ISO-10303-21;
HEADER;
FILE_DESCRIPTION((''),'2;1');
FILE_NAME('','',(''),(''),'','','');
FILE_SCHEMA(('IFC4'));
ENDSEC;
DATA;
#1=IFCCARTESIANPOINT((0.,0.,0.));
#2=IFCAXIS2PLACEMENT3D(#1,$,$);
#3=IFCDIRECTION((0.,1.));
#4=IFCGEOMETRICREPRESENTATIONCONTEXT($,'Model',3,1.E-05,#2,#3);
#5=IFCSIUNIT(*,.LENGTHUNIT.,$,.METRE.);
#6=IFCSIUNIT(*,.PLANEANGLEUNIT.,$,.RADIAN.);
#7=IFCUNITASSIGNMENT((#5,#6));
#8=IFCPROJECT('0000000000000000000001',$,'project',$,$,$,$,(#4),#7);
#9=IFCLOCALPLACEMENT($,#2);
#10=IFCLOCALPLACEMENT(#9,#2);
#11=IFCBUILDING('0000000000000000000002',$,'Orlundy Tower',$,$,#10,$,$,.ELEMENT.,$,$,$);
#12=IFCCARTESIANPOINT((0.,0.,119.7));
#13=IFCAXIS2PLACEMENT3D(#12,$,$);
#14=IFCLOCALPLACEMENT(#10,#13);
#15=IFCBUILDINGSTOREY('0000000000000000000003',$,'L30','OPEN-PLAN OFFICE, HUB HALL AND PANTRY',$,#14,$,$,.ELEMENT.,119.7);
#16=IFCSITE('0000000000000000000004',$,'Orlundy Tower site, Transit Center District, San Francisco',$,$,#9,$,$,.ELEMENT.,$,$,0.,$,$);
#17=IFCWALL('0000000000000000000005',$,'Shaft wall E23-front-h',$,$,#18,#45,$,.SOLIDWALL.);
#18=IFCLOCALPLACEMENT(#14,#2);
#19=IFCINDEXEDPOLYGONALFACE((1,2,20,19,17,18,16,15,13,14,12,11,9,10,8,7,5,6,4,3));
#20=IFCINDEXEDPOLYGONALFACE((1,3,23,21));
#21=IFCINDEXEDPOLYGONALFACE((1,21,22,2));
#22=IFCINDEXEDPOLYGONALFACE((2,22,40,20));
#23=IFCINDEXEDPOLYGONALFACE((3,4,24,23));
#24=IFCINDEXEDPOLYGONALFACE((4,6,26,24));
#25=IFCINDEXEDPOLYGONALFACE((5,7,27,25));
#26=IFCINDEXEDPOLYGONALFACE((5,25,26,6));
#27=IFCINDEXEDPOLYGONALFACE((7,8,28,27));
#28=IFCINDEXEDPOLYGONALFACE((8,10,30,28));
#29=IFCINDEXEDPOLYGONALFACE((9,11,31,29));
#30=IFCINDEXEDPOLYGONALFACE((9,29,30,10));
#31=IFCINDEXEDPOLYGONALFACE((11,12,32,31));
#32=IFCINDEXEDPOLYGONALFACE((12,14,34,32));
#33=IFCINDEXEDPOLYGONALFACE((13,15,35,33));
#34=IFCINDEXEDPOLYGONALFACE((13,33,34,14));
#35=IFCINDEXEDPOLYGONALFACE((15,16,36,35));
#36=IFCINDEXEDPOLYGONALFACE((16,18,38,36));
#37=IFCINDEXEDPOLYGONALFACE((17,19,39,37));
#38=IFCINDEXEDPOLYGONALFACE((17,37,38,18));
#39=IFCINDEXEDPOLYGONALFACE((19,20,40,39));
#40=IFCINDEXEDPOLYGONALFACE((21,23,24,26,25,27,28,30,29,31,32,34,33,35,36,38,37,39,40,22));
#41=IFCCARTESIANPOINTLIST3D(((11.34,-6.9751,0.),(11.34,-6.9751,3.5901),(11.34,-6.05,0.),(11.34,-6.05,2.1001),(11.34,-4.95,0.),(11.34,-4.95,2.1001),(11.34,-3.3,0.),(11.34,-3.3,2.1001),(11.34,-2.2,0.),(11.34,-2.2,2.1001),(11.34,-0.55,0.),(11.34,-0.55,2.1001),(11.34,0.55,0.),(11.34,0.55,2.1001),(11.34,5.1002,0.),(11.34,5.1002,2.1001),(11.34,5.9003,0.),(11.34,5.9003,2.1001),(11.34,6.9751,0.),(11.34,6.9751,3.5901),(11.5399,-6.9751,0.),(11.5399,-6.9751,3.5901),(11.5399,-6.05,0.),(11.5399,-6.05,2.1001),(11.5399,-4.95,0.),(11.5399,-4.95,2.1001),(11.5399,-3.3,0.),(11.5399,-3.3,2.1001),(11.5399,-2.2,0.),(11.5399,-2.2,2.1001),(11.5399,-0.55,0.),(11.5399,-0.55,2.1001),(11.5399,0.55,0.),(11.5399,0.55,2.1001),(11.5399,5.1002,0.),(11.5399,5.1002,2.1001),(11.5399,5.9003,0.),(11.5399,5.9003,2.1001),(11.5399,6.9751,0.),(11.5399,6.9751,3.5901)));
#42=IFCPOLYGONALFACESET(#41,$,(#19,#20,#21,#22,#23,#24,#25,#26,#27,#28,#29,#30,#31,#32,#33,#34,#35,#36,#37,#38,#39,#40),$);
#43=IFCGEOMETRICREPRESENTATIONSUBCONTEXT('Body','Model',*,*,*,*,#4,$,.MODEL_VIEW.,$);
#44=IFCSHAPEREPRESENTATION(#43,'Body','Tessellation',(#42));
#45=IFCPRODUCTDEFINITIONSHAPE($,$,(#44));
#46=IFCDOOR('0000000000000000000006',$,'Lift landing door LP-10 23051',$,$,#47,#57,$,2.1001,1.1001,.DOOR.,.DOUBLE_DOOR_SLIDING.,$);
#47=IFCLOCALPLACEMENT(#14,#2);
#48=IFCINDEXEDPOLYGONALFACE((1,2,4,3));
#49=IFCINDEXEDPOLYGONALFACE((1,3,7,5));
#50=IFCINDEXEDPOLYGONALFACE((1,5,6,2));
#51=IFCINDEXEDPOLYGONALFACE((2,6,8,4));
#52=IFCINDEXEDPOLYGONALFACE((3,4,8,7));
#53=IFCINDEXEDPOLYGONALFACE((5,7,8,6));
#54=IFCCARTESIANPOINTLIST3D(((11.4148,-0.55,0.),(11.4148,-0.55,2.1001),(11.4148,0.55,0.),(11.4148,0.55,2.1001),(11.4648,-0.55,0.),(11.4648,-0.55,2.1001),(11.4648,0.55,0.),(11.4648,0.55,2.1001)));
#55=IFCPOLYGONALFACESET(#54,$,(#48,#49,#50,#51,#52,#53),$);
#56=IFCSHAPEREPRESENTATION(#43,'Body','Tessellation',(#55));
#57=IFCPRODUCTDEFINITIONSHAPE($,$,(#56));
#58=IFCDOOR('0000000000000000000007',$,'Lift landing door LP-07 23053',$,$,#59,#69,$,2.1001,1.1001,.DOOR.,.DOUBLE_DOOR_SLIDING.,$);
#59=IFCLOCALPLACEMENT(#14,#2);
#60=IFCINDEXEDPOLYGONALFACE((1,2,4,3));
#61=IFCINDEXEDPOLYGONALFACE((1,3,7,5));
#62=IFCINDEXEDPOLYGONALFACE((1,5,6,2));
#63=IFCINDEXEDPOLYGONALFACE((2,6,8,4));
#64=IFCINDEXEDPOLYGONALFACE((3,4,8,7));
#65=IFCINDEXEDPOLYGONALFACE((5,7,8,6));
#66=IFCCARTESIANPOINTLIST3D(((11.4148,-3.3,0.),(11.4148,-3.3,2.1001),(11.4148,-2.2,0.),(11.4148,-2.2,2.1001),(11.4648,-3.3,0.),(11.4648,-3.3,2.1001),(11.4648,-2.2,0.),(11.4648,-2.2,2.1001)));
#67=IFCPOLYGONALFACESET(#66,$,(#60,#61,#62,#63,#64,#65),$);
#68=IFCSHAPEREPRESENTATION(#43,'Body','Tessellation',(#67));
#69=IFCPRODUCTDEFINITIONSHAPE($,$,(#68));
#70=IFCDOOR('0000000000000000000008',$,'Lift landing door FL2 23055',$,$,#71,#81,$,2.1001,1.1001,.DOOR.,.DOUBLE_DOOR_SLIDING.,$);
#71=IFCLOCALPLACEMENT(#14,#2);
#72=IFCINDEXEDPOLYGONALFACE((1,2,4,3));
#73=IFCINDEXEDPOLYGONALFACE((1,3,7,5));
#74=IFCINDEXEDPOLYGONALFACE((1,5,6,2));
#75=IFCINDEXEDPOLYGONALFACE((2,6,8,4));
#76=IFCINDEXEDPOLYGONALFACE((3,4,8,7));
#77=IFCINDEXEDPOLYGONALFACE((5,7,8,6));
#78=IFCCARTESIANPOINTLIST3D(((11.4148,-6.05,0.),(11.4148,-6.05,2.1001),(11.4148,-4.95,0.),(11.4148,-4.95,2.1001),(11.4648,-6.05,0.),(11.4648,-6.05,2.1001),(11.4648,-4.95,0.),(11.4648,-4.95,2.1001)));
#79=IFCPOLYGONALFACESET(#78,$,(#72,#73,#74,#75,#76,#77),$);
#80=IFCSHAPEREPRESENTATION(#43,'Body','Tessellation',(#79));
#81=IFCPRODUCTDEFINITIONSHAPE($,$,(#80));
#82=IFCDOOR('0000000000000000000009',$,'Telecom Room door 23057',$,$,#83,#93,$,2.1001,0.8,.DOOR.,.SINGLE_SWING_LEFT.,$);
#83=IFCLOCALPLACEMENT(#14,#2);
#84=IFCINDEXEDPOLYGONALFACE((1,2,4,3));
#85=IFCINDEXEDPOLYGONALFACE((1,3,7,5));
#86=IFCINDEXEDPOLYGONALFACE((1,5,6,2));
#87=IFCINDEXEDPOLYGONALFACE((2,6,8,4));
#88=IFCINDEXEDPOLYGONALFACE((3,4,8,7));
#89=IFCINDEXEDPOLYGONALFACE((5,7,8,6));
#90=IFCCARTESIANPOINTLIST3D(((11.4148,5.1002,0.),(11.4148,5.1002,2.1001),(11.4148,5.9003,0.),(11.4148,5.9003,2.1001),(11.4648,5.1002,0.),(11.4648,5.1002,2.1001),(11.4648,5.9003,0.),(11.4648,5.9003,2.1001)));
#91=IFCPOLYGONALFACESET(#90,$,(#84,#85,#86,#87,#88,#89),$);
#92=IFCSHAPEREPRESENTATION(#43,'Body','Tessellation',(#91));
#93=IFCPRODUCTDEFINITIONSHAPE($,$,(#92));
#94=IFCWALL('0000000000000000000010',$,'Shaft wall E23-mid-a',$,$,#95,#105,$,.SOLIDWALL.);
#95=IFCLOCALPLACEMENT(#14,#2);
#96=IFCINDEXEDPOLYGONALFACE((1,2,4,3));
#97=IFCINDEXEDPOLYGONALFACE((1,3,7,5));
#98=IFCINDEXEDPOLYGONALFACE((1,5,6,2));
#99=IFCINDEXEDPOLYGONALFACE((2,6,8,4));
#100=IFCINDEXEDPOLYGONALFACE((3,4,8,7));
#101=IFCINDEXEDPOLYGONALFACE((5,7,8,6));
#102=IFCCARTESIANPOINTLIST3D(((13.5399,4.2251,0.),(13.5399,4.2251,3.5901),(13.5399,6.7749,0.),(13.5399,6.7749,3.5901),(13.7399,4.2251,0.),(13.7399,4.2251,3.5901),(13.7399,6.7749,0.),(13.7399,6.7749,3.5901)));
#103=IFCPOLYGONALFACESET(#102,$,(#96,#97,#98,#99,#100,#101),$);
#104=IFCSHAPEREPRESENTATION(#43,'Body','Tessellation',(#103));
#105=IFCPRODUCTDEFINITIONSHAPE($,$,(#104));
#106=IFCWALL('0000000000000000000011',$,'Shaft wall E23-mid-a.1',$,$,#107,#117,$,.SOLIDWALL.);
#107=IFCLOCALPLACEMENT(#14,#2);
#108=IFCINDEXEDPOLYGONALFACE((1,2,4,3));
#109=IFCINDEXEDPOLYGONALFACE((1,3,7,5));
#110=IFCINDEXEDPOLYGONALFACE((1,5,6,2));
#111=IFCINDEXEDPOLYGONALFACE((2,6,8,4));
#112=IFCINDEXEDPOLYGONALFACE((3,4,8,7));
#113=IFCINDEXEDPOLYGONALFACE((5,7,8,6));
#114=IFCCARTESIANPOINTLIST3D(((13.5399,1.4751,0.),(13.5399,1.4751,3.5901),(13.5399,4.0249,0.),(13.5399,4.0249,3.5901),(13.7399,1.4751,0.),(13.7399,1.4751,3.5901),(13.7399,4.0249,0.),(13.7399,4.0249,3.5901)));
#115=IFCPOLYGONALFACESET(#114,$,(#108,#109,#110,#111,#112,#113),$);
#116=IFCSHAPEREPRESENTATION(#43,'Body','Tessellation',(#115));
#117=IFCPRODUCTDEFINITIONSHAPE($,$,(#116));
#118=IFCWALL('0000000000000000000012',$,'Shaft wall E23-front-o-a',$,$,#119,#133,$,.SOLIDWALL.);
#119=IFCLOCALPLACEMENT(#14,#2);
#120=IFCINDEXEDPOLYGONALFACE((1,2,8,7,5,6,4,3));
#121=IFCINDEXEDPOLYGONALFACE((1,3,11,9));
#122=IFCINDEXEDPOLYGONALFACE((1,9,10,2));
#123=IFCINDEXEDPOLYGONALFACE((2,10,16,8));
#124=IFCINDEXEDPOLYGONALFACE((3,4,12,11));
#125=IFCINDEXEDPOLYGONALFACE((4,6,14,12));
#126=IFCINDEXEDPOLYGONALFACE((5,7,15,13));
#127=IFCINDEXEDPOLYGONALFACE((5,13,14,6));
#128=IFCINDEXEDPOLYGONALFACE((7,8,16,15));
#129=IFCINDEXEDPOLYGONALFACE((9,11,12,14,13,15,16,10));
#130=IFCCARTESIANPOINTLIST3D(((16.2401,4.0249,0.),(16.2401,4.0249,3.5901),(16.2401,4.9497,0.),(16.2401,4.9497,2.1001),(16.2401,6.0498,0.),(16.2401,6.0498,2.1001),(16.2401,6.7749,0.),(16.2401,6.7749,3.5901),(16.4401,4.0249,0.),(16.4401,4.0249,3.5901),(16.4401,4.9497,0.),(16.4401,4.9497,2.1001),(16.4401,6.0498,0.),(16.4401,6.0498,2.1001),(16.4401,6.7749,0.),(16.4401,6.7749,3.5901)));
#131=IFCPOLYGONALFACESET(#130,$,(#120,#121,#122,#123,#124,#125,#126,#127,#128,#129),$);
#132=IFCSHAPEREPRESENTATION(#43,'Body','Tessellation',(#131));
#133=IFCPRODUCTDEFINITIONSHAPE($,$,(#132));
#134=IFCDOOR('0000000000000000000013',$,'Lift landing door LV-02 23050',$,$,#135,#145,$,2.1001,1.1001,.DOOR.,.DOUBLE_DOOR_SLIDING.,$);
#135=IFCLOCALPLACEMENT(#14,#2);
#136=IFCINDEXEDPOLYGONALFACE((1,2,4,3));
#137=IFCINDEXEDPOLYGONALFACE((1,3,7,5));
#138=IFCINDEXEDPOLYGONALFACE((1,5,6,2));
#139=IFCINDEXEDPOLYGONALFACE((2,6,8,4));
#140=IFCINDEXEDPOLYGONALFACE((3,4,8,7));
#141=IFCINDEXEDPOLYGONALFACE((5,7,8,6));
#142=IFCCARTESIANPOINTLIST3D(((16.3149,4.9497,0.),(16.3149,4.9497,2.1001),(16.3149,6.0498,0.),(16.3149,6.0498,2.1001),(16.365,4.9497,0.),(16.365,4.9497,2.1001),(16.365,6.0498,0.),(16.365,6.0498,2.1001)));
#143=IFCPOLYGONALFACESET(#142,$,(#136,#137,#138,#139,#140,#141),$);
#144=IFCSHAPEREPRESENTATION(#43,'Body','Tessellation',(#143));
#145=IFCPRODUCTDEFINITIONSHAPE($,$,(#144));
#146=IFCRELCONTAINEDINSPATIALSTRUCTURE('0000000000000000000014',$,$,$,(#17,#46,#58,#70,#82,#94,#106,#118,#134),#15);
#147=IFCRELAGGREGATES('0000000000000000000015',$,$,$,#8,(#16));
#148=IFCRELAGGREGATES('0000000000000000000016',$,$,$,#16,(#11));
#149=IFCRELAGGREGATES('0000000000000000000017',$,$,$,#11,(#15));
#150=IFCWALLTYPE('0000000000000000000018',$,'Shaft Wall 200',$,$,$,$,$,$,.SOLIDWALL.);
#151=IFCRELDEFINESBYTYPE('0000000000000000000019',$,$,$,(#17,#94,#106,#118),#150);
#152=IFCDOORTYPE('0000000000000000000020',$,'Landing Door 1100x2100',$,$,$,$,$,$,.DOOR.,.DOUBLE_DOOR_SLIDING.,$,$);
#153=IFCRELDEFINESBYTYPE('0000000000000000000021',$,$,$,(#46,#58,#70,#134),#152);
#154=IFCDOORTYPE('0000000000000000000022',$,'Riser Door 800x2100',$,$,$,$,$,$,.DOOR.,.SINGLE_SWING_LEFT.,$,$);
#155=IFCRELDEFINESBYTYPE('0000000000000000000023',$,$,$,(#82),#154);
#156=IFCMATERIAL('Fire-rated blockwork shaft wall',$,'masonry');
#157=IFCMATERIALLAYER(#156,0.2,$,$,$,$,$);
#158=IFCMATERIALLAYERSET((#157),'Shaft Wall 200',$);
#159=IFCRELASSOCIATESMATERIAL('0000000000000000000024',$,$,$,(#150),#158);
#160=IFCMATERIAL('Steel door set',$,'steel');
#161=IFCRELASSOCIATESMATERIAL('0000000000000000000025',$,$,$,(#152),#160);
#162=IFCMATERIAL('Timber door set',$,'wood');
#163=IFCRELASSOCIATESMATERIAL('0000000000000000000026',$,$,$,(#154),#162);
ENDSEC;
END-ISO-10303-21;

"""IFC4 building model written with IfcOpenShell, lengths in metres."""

from ifc_helpers import new_model, si_unit, direction, frame, frame_2d, origin, place, context, subcontext, project, spatial, rectangle, extrude, material, layer, layer_set, type_object, element, fill, save


model = new_model("IFC4")

# Units and contexts
model_context = context("Model", 3, precision=1e-05, world=origin(), true_north=direction((0.0, 1.0)))
body_context = subcontext(model_context, "Body", "Model", "MODEL_VIEW")
ifc_project = project(units=[si_unit("LENGTHUNIT", "METRE"), si_unit("PLANEANGLEUNIT", "RADIAN")], contexts=[model_context])

# Site, building, storey
site_placement = place(None, origin())
site = spatial("IfcSite", under=ifc_project, at=site_placement, Name="Orlundy Tower site, Transit Center District, San Francisco", CompositionType="ELEMENT", RefElevation=0.0)
building_placement = place(site_placement, origin())
building = spatial("IfcBuilding", under=site, at=building_placement, Name="Orlundy Tower", CompositionType="ELEMENT")
storey_placement = place(building_placement, frame((0.0, 0.0, 119.7)))
storey = spatial("IfcBuildingStorey", under=building, at=storey_placement, Name="L30", Description="OPEN-PLAN OFFICE, HUB HALL AND PANTRY", CompositionType="ELEMENT", Elevation=119.7)

# Shared definitions
ifc_material_1 = material(Name="Fire-rated blockwork shaft wall", Category="masonry")
ifc_layer_1 = layer(ifc_material_1, 0.2)
ifc_layer_set_1 = layer_set([ifc_layer_1], Name="Shaft Wall 200")
wall_type_1 = type_object("IfcWallType", Name="Shaft Wall 200", PredefinedType="SOLIDWALL", material=ifc_layer_set_1)

# Wall, openings, doors
wall_1_placement = place(storey_placement, frame((11.4399, 6.9751, 0.0), z_axis=(0.0, 0.0, 1.0), x_axis=(0.0, -1.0, 0.0)))
wall_1 = element("IfcWall", 1, at=wall_1_placement, inside=storey, type_object=wall_type_1, Name="Shaft wall E23-front-h", PredefinedType="SOLIDWALL", context=body_context, shape_type="SweptSolid", body=[
    extrude(rectangle(XDim=13.9502, YDim=0.2, at=frame_2d((6.9751, 0.0))), origin(), (0.0, 0.0, 1.0), 3.5901),
])
opening_1_placement = place(wall_1_placement, frame((6.425, 0.0, 0.0)))
opening_1 = element("IfcOpeningElement", 2, at=opening_1_placement, cuts=wall_1, PredefinedType="OPENING", context=body_context, shape_type="SweptSolid", body=[
    extrude(rectangle(XDim=1.1001, YDim=2.1001, at=frame_2d((0.55, 1.05))), frame((0.0, 0.1101, 0.0), z_axis=(0.0, -1.0, 0.0), x_axis=(1.0, 0.0, 0.0)), (0.0, 0.0, 1.0), 0.2202),
])
opening_2_placement = place(wall_1_placement, frame((9.175, 0.0, 0.0)))
opening_2 = element("IfcOpeningElement", 3, at=opening_2_placement, cuts=wall_1, PredefinedType="OPENING", context=body_context, shape_type="SweptSolid", body=[
    extrude(rectangle(XDim=1.1001, YDim=2.1001, at=frame_2d((0.55, 1.05))), frame((0.0, 0.1101, 0.0), z_axis=(0.0, -1.0, 0.0), x_axis=(1.0, 0.0, 0.0)), (0.0, 0.0, 1.0), 0.2202),
])
opening_3_placement = place(wall_1_placement, frame((11.925, 0.0, 0.0)))
opening_3 = element("IfcOpeningElement", 4, at=opening_3_placement, cuts=wall_1, PredefinedType="OPENING", context=body_context, shape_type="SweptSolid", body=[
    extrude(rectangle(XDim=1.1001, YDim=2.1001, at=frame_2d((0.55, 1.05))), frame((0.0, 0.1101, 0.0), z_axis=(0.0, -1.0, 0.0), x_axis=(1.0, 0.0, 0.0)), (0.0, 0.0, 1.0), 0.2202),
])
opening_4_placement = place(wall_1_placement, frame((1.075, 0.0, 0.0)))
opening_4 = element("IfcOpeningElement", 5, at=opening_4_placement, cuts=wall_1, PredefinedType="OPENING", context=body_context, shape_type="SweptSolid", body=[
    extrude(rectangle(XDim=0.8, YDim=2.1001, at=frame_2d((0.3999, 1.05))), frame((0.0, 0.1101, 0.0), z_axis=(0.0, -1.0, 0.0), x_axis=(1.0, 0.0, 0.0)), (0.0, 0.0, 1.0), 0.2202),
])
ifc_material_2 = material(Name="Steel door set", Category="steel")
door_type_1 = type_object("IfcDoorType", Name="Landing Door 1100x2100", OperationType="DOUBLE_DOOR_SLIDING", PredefinedType="DOOR", material=ifc_material_2)
door_1_placement = place(opening_1_placement, origin())
door_1 = element("IfcDoor", 6, at=door_1_placement, inside=storey, type_object=door_type_1, Name="Lift landing door LP-10 23051", OperationType="DOUBLE_DOOR_SLIDING", OverallHeight=2.1001, OverallWidth=1.1001, PredefinedType="DOOR", context=body_context, shape_type="SweptSolid", body=[
    extrude(rectangle(XDim=1.1001, YDim=2.1001, at=frame_2d((0.55, 1.05))), frame((0.0, 0.0249, 0.0), z_axis=(0.0, -1.0, 0.0), x_axis=(1.0, 0.0, 0.0)), (0.0, 0.0, 1.0), 0.05),
])
fill(opening_1, door_1)
door_2_placement = place(opening_2_placement, origin())
door_2 = element("IfcDoor", 7, at=door_2_placement, inside=storey, type_object=door_type_1, Name="Lift landing door LP-07 23053", OperationType="DOUBLE_DOOR_SLIDING", OverallHeight=2.1001, OverallWidth=1.1001, PredefinedType="DOOR", context=body_context, shape_type="SweptSolid", body=[
    extrude(rectangle(XDim=1.1001, YDim=2.1001, at=frame_2d((0.55, 1.05))), frame((0.0, 0.0249, 0.0), z_axis=(0.0, -1.0, 0.0), x_axis=(1.0, 0.0, 0.0)), (0.0, 0.0, 1.0), 0.05),
])
fill(opening_2, door_2)
door_3_placement = place(opening_3_placement, origin())
door_3 = element("IfcDoor", 8, at=door_3_placement, inside=storey, type_object=door_type_1, Name="Lift landing door FL2 23055", OperationType="DOUBLE_DOOR_SLIDING", OverallHeight=2.1001, OverallWidth=1.1001, PredefinedType="DOOR", context=body_context, shape_type="SweptSolid", body=[
    extrude(rectangle(XDim=1.1001, YDim=2.1001, at=frame_2d((0.55, 1.05))), frame((0.0, 0.0249, 0.0), z_axis=(0.0, -1.0, 0.0), x_axis=(1.0, 0.0, 0.0)), (0.0, 0.0, 1.0), 0.05),
])
fill(opening_3, door_3)
ifc_material_3 = material(Name="Timber door set", Category="wood")
door_type_2 = type_object("IfcDoorType", Name="Riser Door 800x2100", OperationType="SINGLE_SWING_LEFT", PredefinedType="DOOR", material=ifc_material_3)
door_4_placement = place(opening_4_placement, origin())
door_4 = element("IfcDoor", 9, at=door_4_placement, inside=storey, type_object=door_type_2, Name="Telecom Room door 23057", OperationType="SINGLE_SWING_LEFT", OverallHeight=2.1001, OverallWidth=0.8, PredefinedType="DOOR", context=body_context, shape_type="SweptSolid", body=[
    extrude(rectangle(XDim=0.8, YDim=2.1001, at=frame_2d((0.3999, 1.05))), frame((0.0, 0.0249, 0.0), z_axis=(0.0, -1.0, 0.0), x_axis=(1.0, 0.0, 0.0)), (0.0, 0.0, 1.0), 0.05),
])
fill(opening_4, door_4)

# Walls
for number, where, z_axis, x_axis, name in (
    (10, (13.6399, 6.7749, 0.0), (0.0, 0.0, 1.0), (0.0, -1.0, 0.0), "Shaft wall E23-mid-a"),
    (11, (13.6399, 4.0249, 0.0), (0.0, 0.0, 1.0), (0.0, -1.0, 0.0), "Shaft wall E23-mid-a.1"),
):
    element("IfcWall", number, at=place(storey_placement, frame(where, z_axis=z_axis, x_axis=x_axis)), inside=storey, type_object=wall_type_1, Name=name, PredefinedType="SOLIDWALL", context=body_context, shape_type="SweptSolid", body=[
        extrude(rectangle(XDim=2.5498, YDim=0.2, at=frame_2d((1.2749, 0.0))), origin(), (0.0, 0.0, 1.0), 3.5901),
    ])

# Wall, opening, door
wall_2_placement = place(storey_placement, frame((16.3401, 6.7749, 0.0), z_axis=(0.0, 0.0, 1.0), x_axis=(0.0, -1.0, 0.0)))
wall_2 = element("IfcWall", 12, at=wall_2_placement, inside=storey, type_object=wall_type_1, Name="Shaft wall E23-front-o-a", PredefinedType="SOLIDWALL", context=body_context, shape_type="SweptSolid", body=[
    extrude(rectangle(XDim=2.75, YDim=0.2, at=frame_2d((1.375, 0.0))), origin(), (0.0, 0.0, 1.0), 3.5901),
])
opening_5_placement = place(wall_2_placement, frame((0.7251, 0.0, 0.0)))
opening_5 = element("IfcOpeningElement", 13, at=opening_5_placement, cuts=wall_2, PredefinedType="OPENING", context=body_context, shape_type="SweptSolid", body=[
    extrude(rectangle(XDim=1.1001, YDim=2.1001, at=frame_2d((0.55, 1.05))), frame((0.0, 0.1101, 0.0), z_axis=(0.0, -1.0, 0.0), x_axis=(1.0, 0.0, 0.0)), (0.0, 0.0, 1.0), 0.2202),
])
door_5_placement = place(opening_5_placement, origin())
door_5 = element("IfcDoor", 14, at=door_5_placement, inside=storey, type_object=door_type_1, Name="Lift landing door LV-02 23050", OperationType="DOUBLE_DOOR_SLIDING", OverallHeight=2.1001, OverallWidth=1.1001, PredefinedType="DOOR", context=body_context, shape_type="SweptSolid", body=[
    extrude(rectangle(XDim=1.1001, YDim=2.1001, at=frame_2d((0.55, 1.05))), frame((0.0, 0.0249, 0.0), z_axis=(0.0, -1.0, 0.0), x_axis=(1.0, 0.0, 0.0)), (0.0, 0.0, 1.0), 0.05),
])
fill(opening_5, door_5)

save(model, "model.ifc")
